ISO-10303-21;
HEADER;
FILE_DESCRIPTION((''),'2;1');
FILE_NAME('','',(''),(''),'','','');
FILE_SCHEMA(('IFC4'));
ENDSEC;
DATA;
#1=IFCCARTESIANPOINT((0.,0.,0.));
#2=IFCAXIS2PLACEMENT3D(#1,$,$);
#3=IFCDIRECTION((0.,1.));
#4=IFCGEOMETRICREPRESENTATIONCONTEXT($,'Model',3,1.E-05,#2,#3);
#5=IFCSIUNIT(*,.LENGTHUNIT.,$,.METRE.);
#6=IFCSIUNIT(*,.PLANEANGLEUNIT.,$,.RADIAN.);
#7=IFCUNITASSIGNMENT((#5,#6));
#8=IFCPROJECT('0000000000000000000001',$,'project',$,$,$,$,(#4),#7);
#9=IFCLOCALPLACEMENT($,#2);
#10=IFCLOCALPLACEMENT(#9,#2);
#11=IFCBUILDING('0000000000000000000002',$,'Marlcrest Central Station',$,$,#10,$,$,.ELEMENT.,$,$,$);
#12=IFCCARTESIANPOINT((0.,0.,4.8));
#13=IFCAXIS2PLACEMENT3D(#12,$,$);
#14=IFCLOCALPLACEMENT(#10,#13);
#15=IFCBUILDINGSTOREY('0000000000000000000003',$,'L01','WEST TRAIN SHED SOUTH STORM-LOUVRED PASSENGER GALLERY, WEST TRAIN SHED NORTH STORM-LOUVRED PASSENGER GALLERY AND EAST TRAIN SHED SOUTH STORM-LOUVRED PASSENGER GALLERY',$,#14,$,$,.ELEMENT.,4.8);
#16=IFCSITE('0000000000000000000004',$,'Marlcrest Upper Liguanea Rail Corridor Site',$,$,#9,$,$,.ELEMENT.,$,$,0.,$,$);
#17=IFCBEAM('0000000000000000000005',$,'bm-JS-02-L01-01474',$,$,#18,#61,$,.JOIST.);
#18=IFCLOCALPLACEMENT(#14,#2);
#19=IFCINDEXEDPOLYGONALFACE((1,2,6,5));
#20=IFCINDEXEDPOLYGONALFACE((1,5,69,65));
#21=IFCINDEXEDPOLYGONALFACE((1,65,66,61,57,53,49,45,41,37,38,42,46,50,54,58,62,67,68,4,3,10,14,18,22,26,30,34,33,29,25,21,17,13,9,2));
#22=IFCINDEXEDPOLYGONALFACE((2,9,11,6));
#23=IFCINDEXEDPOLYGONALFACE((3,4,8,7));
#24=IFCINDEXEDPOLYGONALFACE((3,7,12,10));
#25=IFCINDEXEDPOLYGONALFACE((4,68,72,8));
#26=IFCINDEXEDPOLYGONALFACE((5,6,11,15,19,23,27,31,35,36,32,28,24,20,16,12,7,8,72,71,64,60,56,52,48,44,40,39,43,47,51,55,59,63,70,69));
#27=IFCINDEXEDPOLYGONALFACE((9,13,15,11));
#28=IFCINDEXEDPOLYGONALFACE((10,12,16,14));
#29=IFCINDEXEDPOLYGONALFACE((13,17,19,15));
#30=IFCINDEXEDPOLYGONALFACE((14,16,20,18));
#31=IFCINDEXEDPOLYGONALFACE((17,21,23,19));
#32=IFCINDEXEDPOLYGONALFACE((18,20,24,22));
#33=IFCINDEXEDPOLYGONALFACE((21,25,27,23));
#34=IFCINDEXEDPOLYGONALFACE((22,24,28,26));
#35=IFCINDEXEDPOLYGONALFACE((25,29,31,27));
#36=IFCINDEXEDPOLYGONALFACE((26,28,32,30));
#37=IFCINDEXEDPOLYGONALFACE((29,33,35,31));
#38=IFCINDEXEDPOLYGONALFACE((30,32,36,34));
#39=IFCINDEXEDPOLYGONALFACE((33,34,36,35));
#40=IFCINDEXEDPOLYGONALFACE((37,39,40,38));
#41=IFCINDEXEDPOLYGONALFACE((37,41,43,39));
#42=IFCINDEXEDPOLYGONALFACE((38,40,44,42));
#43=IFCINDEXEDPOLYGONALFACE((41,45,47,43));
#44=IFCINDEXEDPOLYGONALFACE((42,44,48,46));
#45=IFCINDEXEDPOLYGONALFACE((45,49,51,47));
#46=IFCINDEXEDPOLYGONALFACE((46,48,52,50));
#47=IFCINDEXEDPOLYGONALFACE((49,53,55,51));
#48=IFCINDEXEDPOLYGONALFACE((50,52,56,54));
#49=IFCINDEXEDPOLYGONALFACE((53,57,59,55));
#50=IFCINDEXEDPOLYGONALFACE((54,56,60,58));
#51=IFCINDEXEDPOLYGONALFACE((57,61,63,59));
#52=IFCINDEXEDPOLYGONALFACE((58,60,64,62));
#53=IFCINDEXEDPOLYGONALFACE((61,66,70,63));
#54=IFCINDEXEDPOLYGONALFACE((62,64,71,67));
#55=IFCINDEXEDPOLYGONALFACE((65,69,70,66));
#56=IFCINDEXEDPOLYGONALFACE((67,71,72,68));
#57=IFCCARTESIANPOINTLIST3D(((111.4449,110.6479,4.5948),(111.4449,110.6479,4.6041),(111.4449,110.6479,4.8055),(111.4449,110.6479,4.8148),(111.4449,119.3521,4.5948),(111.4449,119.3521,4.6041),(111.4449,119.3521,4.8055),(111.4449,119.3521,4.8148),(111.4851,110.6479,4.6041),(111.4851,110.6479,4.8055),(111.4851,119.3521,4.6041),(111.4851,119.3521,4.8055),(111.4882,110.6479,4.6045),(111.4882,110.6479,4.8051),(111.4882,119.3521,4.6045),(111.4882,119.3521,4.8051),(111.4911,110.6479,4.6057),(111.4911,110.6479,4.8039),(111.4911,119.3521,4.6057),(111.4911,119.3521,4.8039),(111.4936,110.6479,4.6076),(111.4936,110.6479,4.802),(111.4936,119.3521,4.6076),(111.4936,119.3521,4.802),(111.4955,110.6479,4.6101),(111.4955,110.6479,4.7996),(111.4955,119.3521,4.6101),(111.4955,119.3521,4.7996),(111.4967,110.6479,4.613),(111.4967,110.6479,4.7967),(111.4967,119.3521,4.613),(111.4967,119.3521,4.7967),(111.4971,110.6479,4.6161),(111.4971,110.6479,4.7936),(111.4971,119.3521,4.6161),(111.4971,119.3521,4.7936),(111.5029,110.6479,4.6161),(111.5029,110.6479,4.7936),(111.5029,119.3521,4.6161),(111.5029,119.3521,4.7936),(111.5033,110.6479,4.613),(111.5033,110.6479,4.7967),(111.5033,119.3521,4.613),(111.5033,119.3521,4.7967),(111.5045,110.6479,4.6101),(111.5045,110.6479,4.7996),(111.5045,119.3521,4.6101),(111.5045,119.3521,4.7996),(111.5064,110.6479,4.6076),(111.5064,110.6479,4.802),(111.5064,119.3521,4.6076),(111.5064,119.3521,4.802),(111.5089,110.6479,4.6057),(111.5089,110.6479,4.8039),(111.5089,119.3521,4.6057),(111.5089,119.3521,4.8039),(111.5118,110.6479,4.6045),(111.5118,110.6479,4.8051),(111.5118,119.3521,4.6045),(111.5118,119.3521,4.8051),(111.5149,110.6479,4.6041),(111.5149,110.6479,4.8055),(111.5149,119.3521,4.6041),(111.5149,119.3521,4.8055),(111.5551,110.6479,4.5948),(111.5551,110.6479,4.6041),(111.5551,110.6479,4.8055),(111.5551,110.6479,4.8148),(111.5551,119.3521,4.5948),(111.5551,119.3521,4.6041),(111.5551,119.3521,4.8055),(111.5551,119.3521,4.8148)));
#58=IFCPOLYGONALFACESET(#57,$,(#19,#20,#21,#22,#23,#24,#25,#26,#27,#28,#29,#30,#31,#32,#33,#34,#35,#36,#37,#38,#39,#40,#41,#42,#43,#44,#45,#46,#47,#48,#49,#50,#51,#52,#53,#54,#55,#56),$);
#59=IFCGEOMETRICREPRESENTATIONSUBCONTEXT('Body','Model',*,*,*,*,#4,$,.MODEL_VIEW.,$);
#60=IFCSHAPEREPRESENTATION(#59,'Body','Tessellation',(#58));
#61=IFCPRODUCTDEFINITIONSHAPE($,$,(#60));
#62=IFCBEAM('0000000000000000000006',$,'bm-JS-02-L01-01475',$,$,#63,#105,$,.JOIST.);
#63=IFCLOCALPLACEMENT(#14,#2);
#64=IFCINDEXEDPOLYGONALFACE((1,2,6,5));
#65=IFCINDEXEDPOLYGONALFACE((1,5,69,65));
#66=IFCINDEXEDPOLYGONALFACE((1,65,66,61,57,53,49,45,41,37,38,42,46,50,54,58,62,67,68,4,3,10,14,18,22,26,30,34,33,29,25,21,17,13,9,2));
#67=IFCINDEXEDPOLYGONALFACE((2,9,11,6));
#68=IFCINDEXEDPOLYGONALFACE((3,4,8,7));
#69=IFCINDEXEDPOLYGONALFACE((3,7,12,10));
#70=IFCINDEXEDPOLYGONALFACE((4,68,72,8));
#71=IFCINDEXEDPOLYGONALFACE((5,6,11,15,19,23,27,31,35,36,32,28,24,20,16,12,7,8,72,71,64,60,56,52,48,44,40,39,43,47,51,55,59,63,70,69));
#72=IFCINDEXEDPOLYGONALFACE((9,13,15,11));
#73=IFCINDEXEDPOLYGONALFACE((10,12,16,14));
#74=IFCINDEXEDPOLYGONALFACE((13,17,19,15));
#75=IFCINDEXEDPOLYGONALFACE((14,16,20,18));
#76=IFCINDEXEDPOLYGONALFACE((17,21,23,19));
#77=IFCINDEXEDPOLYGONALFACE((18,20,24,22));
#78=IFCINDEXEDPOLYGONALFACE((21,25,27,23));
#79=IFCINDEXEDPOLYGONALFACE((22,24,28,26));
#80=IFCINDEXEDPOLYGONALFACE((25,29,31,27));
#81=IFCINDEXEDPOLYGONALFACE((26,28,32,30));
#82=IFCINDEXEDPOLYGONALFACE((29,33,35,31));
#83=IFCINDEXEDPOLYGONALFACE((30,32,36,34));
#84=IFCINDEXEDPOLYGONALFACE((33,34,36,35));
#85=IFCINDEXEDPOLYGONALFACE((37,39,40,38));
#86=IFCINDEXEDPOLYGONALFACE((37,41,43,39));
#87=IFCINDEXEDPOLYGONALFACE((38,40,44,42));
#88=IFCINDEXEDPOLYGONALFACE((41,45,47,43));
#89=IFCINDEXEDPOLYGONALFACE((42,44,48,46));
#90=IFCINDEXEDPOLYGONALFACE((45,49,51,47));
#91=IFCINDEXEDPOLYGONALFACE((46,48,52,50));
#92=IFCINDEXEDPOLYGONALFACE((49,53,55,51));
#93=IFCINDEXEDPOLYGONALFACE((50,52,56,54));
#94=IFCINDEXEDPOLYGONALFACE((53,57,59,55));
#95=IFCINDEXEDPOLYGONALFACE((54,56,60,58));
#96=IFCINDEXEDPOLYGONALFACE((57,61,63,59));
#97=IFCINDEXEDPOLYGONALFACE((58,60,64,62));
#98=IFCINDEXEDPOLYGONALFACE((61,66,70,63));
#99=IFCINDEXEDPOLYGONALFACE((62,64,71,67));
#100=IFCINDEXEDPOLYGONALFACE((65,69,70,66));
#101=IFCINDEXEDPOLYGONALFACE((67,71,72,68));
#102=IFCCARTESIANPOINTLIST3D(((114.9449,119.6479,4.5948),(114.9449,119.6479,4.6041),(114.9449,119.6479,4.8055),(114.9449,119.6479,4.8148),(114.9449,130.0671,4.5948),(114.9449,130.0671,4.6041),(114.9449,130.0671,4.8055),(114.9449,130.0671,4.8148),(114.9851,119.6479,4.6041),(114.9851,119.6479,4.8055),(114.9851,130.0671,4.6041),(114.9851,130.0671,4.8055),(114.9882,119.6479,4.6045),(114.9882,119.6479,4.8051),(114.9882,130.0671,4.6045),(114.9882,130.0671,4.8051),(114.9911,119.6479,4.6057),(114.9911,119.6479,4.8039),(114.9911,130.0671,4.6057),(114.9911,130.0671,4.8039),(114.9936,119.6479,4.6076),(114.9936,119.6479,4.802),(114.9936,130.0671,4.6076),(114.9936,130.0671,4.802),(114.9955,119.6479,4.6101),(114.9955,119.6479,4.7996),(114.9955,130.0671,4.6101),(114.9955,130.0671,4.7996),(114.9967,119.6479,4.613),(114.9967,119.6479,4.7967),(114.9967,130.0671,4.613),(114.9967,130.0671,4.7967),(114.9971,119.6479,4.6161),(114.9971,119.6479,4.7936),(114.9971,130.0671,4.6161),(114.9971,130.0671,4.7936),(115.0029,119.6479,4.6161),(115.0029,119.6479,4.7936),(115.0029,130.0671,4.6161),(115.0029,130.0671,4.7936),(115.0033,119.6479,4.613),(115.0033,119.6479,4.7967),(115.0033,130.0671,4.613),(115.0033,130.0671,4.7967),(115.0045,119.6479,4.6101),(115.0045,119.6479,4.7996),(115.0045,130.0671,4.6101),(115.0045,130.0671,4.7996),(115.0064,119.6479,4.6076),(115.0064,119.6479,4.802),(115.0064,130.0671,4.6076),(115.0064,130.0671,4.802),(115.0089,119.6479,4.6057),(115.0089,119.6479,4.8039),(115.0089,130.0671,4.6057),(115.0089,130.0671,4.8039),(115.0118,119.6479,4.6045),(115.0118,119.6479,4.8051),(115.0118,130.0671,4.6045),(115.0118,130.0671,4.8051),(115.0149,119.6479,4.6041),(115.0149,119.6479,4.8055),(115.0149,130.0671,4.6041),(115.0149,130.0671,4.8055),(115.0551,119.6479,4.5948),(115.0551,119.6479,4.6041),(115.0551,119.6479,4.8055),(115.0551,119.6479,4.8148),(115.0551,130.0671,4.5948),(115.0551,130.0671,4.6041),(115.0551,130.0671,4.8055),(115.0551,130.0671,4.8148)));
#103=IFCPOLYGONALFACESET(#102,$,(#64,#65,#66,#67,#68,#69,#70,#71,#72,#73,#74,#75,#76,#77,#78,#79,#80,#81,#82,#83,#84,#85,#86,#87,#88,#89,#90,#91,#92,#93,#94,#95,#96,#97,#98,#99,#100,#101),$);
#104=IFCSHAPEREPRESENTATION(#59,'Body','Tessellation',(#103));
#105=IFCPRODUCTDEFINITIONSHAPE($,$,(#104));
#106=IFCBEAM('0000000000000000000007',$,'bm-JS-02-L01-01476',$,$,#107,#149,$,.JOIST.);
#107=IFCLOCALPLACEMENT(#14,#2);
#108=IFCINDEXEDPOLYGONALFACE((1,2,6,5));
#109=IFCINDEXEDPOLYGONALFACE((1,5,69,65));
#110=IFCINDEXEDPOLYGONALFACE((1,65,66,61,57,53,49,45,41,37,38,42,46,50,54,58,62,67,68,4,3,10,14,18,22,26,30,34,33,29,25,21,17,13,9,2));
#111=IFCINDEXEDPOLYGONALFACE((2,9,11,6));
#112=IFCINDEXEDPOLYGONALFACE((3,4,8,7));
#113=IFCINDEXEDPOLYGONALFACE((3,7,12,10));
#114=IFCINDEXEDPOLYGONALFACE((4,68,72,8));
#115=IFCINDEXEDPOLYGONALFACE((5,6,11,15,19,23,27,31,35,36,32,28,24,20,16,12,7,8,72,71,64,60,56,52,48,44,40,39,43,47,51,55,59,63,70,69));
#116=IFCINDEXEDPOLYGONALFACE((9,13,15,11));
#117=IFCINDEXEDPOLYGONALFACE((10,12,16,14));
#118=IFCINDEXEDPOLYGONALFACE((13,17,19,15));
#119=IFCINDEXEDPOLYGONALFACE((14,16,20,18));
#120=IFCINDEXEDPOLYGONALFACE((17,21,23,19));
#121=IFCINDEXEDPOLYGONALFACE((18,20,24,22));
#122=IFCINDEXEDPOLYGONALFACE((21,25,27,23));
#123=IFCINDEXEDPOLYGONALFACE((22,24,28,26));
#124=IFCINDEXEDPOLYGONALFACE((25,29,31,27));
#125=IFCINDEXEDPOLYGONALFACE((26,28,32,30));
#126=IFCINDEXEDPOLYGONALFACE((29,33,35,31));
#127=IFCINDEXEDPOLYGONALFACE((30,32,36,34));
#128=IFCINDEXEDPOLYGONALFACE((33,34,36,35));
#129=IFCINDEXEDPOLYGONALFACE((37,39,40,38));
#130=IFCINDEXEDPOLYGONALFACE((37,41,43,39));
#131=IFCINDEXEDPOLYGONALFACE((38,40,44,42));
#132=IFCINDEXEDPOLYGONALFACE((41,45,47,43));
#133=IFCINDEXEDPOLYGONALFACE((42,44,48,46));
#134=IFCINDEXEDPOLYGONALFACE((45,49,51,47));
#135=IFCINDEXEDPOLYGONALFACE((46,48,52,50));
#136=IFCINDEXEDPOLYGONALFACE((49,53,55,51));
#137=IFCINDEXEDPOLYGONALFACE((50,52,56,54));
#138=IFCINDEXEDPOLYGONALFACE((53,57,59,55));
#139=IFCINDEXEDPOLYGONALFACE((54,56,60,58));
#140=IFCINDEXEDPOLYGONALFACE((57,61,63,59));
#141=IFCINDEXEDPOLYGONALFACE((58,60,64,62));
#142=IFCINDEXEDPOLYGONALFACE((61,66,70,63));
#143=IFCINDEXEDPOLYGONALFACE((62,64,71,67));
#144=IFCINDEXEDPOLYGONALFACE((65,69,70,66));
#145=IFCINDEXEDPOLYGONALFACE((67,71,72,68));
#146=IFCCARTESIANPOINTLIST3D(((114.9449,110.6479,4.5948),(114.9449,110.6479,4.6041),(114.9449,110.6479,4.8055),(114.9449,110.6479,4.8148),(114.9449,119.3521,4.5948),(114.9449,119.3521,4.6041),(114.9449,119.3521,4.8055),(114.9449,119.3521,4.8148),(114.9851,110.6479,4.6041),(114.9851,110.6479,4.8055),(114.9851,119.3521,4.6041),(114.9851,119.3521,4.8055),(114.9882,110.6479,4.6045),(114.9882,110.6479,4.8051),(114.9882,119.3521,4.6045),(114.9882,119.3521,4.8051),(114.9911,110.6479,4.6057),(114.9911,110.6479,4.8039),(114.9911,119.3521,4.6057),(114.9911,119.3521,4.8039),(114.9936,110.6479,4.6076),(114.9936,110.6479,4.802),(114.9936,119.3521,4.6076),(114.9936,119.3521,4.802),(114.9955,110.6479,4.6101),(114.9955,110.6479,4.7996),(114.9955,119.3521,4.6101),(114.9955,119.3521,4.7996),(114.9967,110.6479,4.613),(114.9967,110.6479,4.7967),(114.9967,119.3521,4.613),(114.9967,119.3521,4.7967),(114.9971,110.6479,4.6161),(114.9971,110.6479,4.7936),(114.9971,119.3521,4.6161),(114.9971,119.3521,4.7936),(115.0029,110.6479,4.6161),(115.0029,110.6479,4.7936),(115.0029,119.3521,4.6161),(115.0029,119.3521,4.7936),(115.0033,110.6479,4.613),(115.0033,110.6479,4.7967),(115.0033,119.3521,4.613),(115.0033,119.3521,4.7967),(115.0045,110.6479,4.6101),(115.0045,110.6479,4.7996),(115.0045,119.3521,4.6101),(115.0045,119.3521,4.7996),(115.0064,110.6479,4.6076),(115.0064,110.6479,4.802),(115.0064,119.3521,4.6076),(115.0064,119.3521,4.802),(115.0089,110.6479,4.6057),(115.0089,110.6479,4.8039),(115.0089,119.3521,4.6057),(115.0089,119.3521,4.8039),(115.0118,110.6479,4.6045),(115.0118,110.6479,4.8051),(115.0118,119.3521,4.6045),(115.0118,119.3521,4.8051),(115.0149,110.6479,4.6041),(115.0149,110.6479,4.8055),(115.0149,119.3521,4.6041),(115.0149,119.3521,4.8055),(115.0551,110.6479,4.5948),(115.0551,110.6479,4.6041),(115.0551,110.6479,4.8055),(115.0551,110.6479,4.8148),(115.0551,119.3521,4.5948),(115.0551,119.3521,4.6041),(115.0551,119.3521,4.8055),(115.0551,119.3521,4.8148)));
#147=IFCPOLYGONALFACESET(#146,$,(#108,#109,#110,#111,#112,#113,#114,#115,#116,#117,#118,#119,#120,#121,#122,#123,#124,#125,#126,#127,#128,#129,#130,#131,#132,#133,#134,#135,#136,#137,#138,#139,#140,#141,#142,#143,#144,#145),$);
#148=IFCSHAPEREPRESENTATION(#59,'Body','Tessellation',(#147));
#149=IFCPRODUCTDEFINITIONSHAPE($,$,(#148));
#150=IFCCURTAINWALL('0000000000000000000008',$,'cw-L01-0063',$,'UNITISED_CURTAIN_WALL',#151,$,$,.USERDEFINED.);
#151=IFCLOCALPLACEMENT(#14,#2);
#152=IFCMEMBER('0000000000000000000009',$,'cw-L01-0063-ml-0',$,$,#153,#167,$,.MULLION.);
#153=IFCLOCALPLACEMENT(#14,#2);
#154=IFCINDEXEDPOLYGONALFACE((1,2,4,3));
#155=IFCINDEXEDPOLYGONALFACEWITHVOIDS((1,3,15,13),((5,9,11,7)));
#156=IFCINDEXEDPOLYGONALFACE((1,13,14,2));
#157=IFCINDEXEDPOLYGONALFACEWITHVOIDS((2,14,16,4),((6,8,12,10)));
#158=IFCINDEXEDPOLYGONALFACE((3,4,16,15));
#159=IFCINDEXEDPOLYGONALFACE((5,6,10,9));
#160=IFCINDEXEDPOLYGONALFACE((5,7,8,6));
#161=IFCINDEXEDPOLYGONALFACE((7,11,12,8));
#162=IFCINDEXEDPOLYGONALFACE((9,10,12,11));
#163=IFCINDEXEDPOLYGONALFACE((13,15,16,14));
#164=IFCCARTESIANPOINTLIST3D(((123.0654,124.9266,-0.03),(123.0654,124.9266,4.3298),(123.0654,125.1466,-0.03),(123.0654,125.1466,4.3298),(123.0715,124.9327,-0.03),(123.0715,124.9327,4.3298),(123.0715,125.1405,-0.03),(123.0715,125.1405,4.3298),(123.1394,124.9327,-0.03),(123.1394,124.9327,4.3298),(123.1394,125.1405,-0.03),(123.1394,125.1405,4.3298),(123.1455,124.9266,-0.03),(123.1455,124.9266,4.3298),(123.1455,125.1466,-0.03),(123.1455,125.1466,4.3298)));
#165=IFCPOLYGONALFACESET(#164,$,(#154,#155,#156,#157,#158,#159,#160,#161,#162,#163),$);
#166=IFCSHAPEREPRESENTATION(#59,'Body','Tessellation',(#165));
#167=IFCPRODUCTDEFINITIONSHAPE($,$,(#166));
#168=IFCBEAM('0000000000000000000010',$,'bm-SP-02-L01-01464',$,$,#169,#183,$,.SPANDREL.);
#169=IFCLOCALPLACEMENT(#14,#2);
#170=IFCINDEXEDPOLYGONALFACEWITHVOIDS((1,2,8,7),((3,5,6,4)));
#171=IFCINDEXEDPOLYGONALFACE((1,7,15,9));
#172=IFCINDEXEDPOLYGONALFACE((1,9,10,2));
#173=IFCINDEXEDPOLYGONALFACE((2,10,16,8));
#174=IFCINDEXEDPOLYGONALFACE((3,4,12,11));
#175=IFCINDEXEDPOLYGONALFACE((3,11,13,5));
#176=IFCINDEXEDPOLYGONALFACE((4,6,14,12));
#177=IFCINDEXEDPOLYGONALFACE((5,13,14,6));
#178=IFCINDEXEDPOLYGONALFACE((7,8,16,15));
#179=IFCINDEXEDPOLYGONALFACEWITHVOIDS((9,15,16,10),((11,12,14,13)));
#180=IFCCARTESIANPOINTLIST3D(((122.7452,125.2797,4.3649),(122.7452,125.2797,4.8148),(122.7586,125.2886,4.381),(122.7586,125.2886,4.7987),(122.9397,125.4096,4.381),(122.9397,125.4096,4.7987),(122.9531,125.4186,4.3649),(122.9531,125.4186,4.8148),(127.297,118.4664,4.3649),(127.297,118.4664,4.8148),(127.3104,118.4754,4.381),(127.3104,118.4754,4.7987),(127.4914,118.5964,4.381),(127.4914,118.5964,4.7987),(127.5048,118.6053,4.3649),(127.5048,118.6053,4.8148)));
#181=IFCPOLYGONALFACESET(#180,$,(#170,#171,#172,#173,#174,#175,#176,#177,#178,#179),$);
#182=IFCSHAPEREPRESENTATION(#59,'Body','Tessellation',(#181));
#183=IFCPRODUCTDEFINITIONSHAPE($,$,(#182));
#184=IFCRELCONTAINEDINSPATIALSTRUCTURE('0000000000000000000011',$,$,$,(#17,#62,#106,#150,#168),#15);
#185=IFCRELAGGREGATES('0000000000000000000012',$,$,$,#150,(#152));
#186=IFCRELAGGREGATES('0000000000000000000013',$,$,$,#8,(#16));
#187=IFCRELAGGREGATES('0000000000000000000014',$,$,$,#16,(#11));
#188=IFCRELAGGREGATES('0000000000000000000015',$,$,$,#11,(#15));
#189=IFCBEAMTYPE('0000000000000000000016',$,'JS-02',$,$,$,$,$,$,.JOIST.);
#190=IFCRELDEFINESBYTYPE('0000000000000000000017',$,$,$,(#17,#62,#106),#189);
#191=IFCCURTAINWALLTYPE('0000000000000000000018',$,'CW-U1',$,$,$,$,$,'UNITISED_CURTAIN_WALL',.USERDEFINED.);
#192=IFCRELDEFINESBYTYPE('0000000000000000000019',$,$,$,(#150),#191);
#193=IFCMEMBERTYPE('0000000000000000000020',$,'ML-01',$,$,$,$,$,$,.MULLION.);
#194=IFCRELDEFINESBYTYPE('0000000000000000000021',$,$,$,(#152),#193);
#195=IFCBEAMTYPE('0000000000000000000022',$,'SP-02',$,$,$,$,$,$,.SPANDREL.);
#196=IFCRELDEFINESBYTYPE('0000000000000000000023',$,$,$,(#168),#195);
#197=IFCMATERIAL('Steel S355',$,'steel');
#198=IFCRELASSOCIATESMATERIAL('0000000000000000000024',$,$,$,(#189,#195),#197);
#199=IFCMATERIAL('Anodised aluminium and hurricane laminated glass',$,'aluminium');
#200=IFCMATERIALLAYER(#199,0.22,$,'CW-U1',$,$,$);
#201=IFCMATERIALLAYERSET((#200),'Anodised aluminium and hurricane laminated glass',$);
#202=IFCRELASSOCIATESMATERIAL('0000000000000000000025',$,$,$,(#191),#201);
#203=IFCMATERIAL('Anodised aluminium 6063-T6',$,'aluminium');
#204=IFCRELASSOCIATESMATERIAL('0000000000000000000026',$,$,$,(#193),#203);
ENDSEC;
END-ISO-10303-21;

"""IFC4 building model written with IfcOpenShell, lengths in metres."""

from ifc_helpers import new_model, si_unit, direction, frame, origin, origin_2d, place, context, subcontext, project, spatial, hollow_rectangle, i_section, extrude, material, layer, layer_set, material_profile, profile_set, type_object, element, aggregate, save


model = new_model("IFC4")

# Units and contexts
model_context = context("Model", 3, precision=1e-05, world=origin(), true_north=direction((0.0, 1.0)))
body_context = subcontext(model_context, "Body", "Model", "MODEL_VIEW")
ifc_project = project(units=[si_unit("LENGTHUNIT", "METRE"), si_unit("PLANEANGLEUNIT", "RADIAN")], contexts=[model_context])

# Site, building, storey
site_placement = place(None, origin())
site = spatial("IfcSite", under=ifc_project, at=site_placement, Name="Marlcrest Upper Liguanea Rail Corridor Site", CompositionType="ELEMENT", RefElevation=0.0)
building_placement = place(site_placement, origin())
building = spatial("IfcBuilding", under=site, at=building_placement, Name="Marlcrest Central Station", CompositionType="ELEMENT")
storey_placement = place(building_placement, frame((0.0, 0.0, 4.8)))
storey = spatial("IfcBuildingStorey", under=building, at=storey_placement, Name="L01", Description="WEST TRAIN SHED SOUTH STORM-LOUVRED PASSENGER GALLERY, WEST TRAIN SHED NORTH STORM-LOUVRED PASSENGER GALLERY AND EAST TRAIN SHED SOUTH STORM-LOUVRED PASSENGER GALLERY", CompositionType="ELEMENT", Elevation=4.8)

# Shared definitions
ifc_material_1 = material(Name="Steel S355", Category="steel")

# Beams
ifc_material_profile_1 = material_profile(ifc_material_1, i_section(OverallWidth=0.1101, OverallDepth=0.22, WebThickness=0.0059, FlangeThickness=0.0093, FilletRadius=0.012, at=origin_2d()), Name="IPE 220")
ifc_profile_set_1 = profile_set([ifc_material_profile_1], Name="Steel S355")
beam_type_1 = type_object("IfcBeamType", Name="JS-02", PredefinedType="JOIST", material=ifc_profile_set_1)
beam_1_placement = place(storey_placement, frame((111.5, 110.6479, 4.7048), z_axis=(0.0, 1.0, 0.0), x_axis=(-1.0, 0.0, 0.0)))
element("IfcBeam", 1, at=beam_1_placement, inside=storey, type_object=beam_type_1, Name="bm-JS-02-L01-01474", PredefinedType="JOIST", context=body_context, shape_type="SweptSolid", body=[
    extrude(i_section(OverallWidth=0.1101, OverallDepth=0.22, WebThickness=0.0059, FlangeThickness=0.0093, FilletRadius=0.012, at=origin_2d()), origin(), (0.0, 0.0, 1.0), 8.7041),
])
beam_2_placement = place(storey_placement, frame((115.0, 119.6479, 4.7048), z_axis=(0.0, 1.0, 0.0), x_axis=(-1.0, 0.0, 0.0)))
element("IfcBeam", 2, at=beam_2_placement, inside=storey, type_object=beam_type_1, Name="bm-JS-02-L01-01475", PredefinedType="JOIST", context=body_context, shape_type="SweptSolid", body=[
    extrude(i_section(OverallWidth=0.1101, OverallDepth=0.22, WebThickness=0.0059, FlangeThickness=0.0093, FilletRadius=0.012, at=origin_2d()), origin(), (0.0, 0.0, 1.0), 10.4192),
])
beam_3_placement = place(storey_placement, frame((115.0, 110.6479, 4.7048), z_axis=(0.0, 1.0, 0.0), x_axis=(-1.0, 0.0, 0.0)))
element("IfcBeam", 3, at=beam_3_placement, inside=storey, type_object=beam_type_1, Name="bm-JS-02-L01-01476", PredefinedType="JOIST", context=body_context, shape_type="SweptSolid", body=[
    extrude(i_section(OverallWidth=0.1101, OverallDepth=0.22, WebThickness=0.0059, FlangeThickness=0.0093, FilletRadius=0.012, at=origin_2d()), origin(), (0.0, 0.0, 1.0), 8.7041),
])

# Curtain wall, member
ifc_material_2 = material(Name="Anodised aluminium and hurricane laminated glass", Category="aluminium")
ifc_layer_1 = layer(ifc_material_2, 0.22, Name="CW-U1")
ifc_layer_set_1 = layer_set([ifc_layer_1], Name="Anodised aluminium and hurricane laminated glass")
curtain_wall_type = type_object("IfcCurtainWallType", Name="CW-U1", ElementType="UNITISED_CURTAIN_WALL", PredefinedType="USERDEFINED", material=ifc_layer_set_1)
curtain_wall_placement = place(storey_placement, origin())
curtain_wall = element("IfcCurtainWall", 4, at=curtain_wall_placement, inside=storey, type_object=curtain_wall_type, Name="cw-L01-0063", ObjectType="UNITISED_CURTAIN_WALL", PredefinedType="USERDEFINED")
ifc_material_3 = material(Name="Anodised aluminium 6063-T6", Category="aluminium")
ifc_material_profile_2 = material_profile(ifc_material_3, hollow_rectangle(XDim=0.0801, YDim=0.22, WallThickness=0.0061, at=origin_2d()), Name="AA-RHS 220x80x6")
ifc_profile_set_2 = profile_set([ifc_material_profile_2], Name="Anodised aluminium 6063-T6")
member_type_1 = type_object("IfcMemberType", Name="ML-01", PredefinedType="MULLION", material=ifc_profile_set_2)
member_1_placement = place(storey_placement, frame((123.1055, 125.0366, -0.03), z_axis=(0.0, 0.0, 1.0), x_axis=(1.0, 0.0, 0.0)))
member_1 = element("IfcMember", 5, at=member_1_placement, type_object=member_type_1, Name="cw-L01-0063-ml-0", PredefinedType="MULLION", context=body_context, shape_type="SweptSolid", body=[
    extrude(hollow_rectangle(XDim=0.0801, YDim=0.22, WallThickness=0.0061, at=origin_2d()), origin(), (0.0, 0.0, 1.0), 4.3599),
])

# Beam
ifc_material_profile_3 = material_profile(ifc_material_1, hollow_rectangle(XDim=0.25, YDim=0.45, WallThickness=0.0161, at=origin_2d()), Name="RHS 450x250x16")
ifc_profile_set_3 = profile_set([ifc_material_profile_3], Name="Steel S355")
beam_type_2 = type_object("IfcBeamType", Name="SP-02", PredefinedType="SPANDREL", material=ifc_profile_set_3)
beam_4_placement = place(storey_placement, frame((122.8491, 125.3491, 4.5898), z_axis=(0.555511, -0.831509, 0.0), x_axis=(0.831509, 0.555511, 0.0)))
element("IfcBeam", 6, at=beam_4_placement, inside=storey, type_object=beam_type_2, Name="bm-SP-02-L01-01464", PredefinedType="SPANDREL", context=body_context, shape_type="SweptSolid", body=[
    extrude(hollow_rectangle(XDim=0.25, YDim=0.45, WallThickness=0.0161, at=origin_2d()), origin(), (0.0, 0.0, 1.0), 8.1938),
])

aggregate(curtain_wall, [member_1])

save(model, "model.ifc")
